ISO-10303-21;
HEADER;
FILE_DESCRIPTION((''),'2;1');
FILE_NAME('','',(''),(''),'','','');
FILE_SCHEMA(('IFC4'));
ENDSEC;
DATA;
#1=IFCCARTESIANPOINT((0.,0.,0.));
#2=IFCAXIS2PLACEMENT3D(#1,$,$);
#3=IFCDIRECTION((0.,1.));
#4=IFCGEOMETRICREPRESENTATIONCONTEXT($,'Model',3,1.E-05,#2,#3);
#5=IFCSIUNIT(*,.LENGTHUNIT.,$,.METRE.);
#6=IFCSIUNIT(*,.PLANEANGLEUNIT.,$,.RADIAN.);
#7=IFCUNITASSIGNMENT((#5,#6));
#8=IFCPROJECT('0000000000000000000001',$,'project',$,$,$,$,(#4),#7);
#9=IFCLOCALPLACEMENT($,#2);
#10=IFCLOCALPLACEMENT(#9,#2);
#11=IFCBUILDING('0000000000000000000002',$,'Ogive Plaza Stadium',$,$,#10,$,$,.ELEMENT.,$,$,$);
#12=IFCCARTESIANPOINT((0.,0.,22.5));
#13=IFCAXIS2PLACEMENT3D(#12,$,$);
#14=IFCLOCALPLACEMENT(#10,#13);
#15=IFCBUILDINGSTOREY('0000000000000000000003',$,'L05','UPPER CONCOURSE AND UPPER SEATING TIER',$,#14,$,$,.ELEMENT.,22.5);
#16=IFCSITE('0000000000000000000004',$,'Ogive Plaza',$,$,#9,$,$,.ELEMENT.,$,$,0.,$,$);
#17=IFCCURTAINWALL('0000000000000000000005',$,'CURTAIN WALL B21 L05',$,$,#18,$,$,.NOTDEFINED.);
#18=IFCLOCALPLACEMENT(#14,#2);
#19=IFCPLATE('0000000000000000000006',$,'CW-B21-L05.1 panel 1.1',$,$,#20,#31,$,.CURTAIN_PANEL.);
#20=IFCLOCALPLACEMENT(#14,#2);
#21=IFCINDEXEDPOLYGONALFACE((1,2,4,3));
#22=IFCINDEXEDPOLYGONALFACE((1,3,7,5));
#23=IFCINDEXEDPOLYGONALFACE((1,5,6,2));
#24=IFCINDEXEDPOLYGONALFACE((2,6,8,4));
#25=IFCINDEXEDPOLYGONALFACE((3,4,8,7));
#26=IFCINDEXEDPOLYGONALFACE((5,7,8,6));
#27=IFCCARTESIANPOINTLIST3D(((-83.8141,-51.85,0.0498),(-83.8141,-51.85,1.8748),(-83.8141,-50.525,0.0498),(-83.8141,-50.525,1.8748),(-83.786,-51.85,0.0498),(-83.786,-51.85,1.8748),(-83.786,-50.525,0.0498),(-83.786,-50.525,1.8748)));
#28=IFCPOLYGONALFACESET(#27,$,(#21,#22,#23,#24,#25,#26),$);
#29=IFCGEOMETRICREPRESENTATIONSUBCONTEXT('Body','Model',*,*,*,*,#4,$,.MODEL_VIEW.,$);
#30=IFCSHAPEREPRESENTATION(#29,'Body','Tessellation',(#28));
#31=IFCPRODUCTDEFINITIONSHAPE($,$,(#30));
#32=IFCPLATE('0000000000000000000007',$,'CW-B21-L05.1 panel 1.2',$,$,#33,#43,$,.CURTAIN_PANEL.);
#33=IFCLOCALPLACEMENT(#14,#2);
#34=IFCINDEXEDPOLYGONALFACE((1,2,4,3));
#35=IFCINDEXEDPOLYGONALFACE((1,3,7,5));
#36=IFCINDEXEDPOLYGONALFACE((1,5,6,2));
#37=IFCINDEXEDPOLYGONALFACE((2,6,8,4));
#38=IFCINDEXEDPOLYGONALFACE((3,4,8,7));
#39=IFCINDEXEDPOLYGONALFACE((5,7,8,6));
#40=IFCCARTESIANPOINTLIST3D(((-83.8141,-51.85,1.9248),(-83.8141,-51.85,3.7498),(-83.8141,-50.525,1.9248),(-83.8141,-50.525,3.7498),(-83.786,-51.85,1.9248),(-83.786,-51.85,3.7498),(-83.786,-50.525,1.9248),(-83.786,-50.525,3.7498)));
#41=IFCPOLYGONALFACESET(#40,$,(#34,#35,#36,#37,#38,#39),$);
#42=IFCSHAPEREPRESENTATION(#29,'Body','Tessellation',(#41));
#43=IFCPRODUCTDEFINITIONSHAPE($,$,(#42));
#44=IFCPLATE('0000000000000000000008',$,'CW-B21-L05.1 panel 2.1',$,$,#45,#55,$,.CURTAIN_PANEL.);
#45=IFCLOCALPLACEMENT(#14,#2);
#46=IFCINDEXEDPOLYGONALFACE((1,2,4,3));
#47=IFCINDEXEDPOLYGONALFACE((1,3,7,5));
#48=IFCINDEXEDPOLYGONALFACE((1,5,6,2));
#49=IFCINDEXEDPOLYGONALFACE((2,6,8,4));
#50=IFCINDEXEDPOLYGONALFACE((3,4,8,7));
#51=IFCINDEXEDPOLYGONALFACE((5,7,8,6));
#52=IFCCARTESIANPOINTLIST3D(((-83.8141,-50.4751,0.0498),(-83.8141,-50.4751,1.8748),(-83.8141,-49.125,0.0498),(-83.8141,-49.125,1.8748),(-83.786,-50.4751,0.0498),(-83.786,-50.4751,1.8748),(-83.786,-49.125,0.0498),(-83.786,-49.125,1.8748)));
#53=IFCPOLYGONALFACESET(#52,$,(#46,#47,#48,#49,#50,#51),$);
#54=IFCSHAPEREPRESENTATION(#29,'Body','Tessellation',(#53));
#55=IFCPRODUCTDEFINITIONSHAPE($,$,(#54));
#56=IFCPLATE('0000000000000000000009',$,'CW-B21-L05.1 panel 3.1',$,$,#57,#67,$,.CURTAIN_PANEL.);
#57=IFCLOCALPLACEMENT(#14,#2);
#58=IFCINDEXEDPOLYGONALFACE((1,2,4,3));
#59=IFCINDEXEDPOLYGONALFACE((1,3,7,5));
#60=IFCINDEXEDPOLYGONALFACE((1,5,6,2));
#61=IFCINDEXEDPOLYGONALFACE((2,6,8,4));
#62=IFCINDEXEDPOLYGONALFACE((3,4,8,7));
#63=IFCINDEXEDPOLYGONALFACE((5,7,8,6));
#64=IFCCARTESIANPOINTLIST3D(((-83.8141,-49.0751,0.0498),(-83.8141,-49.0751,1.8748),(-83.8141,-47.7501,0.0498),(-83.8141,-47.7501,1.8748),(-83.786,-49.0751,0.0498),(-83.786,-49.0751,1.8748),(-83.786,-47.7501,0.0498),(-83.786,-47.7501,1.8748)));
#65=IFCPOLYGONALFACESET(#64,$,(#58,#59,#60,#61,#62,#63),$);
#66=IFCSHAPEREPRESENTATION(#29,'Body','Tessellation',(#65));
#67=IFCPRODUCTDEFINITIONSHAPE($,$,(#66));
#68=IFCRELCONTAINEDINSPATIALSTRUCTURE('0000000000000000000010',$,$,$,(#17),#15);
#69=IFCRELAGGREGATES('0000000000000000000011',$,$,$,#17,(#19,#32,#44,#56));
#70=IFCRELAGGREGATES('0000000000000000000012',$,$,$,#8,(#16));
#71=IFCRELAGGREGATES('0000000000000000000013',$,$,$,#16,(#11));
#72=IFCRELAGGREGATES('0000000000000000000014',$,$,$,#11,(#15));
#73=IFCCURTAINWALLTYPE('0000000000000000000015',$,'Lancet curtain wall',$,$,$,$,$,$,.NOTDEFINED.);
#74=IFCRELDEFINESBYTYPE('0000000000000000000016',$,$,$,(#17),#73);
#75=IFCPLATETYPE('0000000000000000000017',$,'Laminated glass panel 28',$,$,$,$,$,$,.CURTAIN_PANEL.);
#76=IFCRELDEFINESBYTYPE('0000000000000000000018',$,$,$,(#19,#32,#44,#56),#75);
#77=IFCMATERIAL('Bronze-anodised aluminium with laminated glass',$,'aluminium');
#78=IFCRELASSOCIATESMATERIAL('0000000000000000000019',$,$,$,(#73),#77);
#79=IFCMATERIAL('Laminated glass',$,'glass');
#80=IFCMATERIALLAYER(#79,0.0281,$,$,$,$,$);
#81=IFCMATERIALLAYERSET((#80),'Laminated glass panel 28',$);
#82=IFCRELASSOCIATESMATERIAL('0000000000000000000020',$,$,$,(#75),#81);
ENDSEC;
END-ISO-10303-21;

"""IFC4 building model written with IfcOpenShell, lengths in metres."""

from ifc_helpers import new_model, si_unit, direction, frame, origin, origin_2d, place, context, subcontext, project, spatial, rectangle, extrude, material, layer, layer_set, type_object, element, aggregate, save


model = new_model("IFC4")

# Units and contexts
model_context = context("Model", 3, precision=1e-05, world=origin(), true_north=direction((0.0, 1.0)))
body_context = subcontext(model_context, "Body", "Model", "MODEL_VIEW")
ifc_project = project(units=[si_unit("LENGTHUNIT", "METRE"), si_unit("PLANEANGLEUNIT", "RADIAN")], contexts=[model_context])

# Site, building, storey
site_placement = place(None, origin())
site = spatial("IfcSite", under=ifc_project, at=site_placement, Name="Ogive Plaza", CompositionType="ELEMENT", RefElevation=0.0)
building_placement = place(site_placement, origin())
building = spatial("IfcBuilding", under=site, at=building_placement, Name="Ogive Plaza Stadium", CompositionType="ELEMENT")
storey_placement = place(building_placement, frame((0.0, 0.0, 22.5)))
storey = spatial("IfcBuildingStorey", under=building, at=storey_placement, Name="L05", Description="UPPER CONCOURSE AND UPPER SEATING TIER", CompositionType="ELEMENT", Elevation=22.5)

# Curtain wall
ifc_material_1 = material(Name="Bronze-anodised aluminium with laminated glass", Category="aluminium")
curtain_wall_type = type_object("IfcCurtainWallType", Name="Lancet curtain wall", PredefinedType="NOTDEFINED", material=ifc_material_1)
curtain_wall_1_placement = place(storey_placement, origin())
curtain_wall_1 = element("IfcCurtainWall", 1, at=curtain_wall_1_placement, inside=storey, type_object=curtain_wall_type, Name="CURTAIN WALL B21 L05", PredefinedType="NOTDEFINED")

# Plates
ifc_material_2 = material(Name="Laminated glass", Category="glass")
ifc_layer = layer(ifc_material_2, 0.0281)
ifc_layer_set = layer_set([ifc_layer], Name="Laminated glass panel 28")
plate_type = type_object("IfcPlateType", Name="Laminated glass panel 28", PredefinedType="CURTAIN_PANEL", material=ifc_layer_set)
plate_1_placement = place(storey_placement, frame((-83.8, -51.1875, 0.0498), z_axis=(0.0, 0.0, 1.0), x_axis=(0.0, 1.0, 0.0)))
plate_1 = element("IfcPlate", 2, at=plate_1_placement, type_object=plate_type, Name="CW-B21-L05.1 panel 1.1", PredefinedType="CURTAIN_PANEL", context=body_context, shape_type="SweptSolid", body=[
    extrude(rectangle(XDim=1.325, YDim=0.0281, at=origin_2d()), origin(), (0.0, 0.0, 1.0), 1.825),
])
plate_2_placement = place(storey_placement, frame((-83.8, -51.1875, 1.9248), z_axis=(0.0, 0.0, 1.0), x_axis=(0.0, 1.0, 0.0)))
plate_2 = element("IfcPlate", 3, at=plate_2_placement, type_object=plate_type, Name="CW-B21-L05.1 panel 1.2", PredefinedType="CURTAIN_PANEL", context=body_context, shape_type="SweptSolid", body=[
    extrude(rectangle(XDim=1.325, YDim=0.0281, at=origin_2d()), origin(), (0.0, 0.0, 1.0), 1.825),
])
plate_3_placement = place(storey_placement, frame((-83.8, -49.8, 0.0498), z_axis=(0.0, 0.0, 1.0), x_axis=(0.0, 1.0, 0.0)))
plate_3 = element("IfcPlate", 4, at=plate_3_placement, type_object=plate_type, Name="CW-B21-L05.1 panel 2.1", PredefinedType="CURTAIN_PANEL", context=body_context, shape_type="SweptSolid", body=[
    extrude(rectangle(XDim=1.3501, YDim=0.0281, at=origin_2d()), origin(), (0.0, 0.0, 1.0), 1.825),
])
plate_4_placement = place(storey_placement, frame((-83.8, -48.4126, 0.0498), z_axis=(0.0, 0.0, 1.0), x_axis=(0.0, 1.0, 0.0)))
plate_4 = element("IfcPlate", 5, at=plate_4_placement, type_object=plate_type, Name="CW-B21-L05.1 panel 3.1", PredefinedType="CURTAIN_PANEL", context=body_context, shape_type="SweptSolid", body=[
    extrude(rectangle(XDim=1.325, YDim=0.0281, at=origin_2d()), origin(), (0.0, 0.0, 1.0), 1.825),
])
aggregate(curtain_wall_1, [plate_1, plate_2, plate_3, plate_4])

save(model, "model.ifc")
